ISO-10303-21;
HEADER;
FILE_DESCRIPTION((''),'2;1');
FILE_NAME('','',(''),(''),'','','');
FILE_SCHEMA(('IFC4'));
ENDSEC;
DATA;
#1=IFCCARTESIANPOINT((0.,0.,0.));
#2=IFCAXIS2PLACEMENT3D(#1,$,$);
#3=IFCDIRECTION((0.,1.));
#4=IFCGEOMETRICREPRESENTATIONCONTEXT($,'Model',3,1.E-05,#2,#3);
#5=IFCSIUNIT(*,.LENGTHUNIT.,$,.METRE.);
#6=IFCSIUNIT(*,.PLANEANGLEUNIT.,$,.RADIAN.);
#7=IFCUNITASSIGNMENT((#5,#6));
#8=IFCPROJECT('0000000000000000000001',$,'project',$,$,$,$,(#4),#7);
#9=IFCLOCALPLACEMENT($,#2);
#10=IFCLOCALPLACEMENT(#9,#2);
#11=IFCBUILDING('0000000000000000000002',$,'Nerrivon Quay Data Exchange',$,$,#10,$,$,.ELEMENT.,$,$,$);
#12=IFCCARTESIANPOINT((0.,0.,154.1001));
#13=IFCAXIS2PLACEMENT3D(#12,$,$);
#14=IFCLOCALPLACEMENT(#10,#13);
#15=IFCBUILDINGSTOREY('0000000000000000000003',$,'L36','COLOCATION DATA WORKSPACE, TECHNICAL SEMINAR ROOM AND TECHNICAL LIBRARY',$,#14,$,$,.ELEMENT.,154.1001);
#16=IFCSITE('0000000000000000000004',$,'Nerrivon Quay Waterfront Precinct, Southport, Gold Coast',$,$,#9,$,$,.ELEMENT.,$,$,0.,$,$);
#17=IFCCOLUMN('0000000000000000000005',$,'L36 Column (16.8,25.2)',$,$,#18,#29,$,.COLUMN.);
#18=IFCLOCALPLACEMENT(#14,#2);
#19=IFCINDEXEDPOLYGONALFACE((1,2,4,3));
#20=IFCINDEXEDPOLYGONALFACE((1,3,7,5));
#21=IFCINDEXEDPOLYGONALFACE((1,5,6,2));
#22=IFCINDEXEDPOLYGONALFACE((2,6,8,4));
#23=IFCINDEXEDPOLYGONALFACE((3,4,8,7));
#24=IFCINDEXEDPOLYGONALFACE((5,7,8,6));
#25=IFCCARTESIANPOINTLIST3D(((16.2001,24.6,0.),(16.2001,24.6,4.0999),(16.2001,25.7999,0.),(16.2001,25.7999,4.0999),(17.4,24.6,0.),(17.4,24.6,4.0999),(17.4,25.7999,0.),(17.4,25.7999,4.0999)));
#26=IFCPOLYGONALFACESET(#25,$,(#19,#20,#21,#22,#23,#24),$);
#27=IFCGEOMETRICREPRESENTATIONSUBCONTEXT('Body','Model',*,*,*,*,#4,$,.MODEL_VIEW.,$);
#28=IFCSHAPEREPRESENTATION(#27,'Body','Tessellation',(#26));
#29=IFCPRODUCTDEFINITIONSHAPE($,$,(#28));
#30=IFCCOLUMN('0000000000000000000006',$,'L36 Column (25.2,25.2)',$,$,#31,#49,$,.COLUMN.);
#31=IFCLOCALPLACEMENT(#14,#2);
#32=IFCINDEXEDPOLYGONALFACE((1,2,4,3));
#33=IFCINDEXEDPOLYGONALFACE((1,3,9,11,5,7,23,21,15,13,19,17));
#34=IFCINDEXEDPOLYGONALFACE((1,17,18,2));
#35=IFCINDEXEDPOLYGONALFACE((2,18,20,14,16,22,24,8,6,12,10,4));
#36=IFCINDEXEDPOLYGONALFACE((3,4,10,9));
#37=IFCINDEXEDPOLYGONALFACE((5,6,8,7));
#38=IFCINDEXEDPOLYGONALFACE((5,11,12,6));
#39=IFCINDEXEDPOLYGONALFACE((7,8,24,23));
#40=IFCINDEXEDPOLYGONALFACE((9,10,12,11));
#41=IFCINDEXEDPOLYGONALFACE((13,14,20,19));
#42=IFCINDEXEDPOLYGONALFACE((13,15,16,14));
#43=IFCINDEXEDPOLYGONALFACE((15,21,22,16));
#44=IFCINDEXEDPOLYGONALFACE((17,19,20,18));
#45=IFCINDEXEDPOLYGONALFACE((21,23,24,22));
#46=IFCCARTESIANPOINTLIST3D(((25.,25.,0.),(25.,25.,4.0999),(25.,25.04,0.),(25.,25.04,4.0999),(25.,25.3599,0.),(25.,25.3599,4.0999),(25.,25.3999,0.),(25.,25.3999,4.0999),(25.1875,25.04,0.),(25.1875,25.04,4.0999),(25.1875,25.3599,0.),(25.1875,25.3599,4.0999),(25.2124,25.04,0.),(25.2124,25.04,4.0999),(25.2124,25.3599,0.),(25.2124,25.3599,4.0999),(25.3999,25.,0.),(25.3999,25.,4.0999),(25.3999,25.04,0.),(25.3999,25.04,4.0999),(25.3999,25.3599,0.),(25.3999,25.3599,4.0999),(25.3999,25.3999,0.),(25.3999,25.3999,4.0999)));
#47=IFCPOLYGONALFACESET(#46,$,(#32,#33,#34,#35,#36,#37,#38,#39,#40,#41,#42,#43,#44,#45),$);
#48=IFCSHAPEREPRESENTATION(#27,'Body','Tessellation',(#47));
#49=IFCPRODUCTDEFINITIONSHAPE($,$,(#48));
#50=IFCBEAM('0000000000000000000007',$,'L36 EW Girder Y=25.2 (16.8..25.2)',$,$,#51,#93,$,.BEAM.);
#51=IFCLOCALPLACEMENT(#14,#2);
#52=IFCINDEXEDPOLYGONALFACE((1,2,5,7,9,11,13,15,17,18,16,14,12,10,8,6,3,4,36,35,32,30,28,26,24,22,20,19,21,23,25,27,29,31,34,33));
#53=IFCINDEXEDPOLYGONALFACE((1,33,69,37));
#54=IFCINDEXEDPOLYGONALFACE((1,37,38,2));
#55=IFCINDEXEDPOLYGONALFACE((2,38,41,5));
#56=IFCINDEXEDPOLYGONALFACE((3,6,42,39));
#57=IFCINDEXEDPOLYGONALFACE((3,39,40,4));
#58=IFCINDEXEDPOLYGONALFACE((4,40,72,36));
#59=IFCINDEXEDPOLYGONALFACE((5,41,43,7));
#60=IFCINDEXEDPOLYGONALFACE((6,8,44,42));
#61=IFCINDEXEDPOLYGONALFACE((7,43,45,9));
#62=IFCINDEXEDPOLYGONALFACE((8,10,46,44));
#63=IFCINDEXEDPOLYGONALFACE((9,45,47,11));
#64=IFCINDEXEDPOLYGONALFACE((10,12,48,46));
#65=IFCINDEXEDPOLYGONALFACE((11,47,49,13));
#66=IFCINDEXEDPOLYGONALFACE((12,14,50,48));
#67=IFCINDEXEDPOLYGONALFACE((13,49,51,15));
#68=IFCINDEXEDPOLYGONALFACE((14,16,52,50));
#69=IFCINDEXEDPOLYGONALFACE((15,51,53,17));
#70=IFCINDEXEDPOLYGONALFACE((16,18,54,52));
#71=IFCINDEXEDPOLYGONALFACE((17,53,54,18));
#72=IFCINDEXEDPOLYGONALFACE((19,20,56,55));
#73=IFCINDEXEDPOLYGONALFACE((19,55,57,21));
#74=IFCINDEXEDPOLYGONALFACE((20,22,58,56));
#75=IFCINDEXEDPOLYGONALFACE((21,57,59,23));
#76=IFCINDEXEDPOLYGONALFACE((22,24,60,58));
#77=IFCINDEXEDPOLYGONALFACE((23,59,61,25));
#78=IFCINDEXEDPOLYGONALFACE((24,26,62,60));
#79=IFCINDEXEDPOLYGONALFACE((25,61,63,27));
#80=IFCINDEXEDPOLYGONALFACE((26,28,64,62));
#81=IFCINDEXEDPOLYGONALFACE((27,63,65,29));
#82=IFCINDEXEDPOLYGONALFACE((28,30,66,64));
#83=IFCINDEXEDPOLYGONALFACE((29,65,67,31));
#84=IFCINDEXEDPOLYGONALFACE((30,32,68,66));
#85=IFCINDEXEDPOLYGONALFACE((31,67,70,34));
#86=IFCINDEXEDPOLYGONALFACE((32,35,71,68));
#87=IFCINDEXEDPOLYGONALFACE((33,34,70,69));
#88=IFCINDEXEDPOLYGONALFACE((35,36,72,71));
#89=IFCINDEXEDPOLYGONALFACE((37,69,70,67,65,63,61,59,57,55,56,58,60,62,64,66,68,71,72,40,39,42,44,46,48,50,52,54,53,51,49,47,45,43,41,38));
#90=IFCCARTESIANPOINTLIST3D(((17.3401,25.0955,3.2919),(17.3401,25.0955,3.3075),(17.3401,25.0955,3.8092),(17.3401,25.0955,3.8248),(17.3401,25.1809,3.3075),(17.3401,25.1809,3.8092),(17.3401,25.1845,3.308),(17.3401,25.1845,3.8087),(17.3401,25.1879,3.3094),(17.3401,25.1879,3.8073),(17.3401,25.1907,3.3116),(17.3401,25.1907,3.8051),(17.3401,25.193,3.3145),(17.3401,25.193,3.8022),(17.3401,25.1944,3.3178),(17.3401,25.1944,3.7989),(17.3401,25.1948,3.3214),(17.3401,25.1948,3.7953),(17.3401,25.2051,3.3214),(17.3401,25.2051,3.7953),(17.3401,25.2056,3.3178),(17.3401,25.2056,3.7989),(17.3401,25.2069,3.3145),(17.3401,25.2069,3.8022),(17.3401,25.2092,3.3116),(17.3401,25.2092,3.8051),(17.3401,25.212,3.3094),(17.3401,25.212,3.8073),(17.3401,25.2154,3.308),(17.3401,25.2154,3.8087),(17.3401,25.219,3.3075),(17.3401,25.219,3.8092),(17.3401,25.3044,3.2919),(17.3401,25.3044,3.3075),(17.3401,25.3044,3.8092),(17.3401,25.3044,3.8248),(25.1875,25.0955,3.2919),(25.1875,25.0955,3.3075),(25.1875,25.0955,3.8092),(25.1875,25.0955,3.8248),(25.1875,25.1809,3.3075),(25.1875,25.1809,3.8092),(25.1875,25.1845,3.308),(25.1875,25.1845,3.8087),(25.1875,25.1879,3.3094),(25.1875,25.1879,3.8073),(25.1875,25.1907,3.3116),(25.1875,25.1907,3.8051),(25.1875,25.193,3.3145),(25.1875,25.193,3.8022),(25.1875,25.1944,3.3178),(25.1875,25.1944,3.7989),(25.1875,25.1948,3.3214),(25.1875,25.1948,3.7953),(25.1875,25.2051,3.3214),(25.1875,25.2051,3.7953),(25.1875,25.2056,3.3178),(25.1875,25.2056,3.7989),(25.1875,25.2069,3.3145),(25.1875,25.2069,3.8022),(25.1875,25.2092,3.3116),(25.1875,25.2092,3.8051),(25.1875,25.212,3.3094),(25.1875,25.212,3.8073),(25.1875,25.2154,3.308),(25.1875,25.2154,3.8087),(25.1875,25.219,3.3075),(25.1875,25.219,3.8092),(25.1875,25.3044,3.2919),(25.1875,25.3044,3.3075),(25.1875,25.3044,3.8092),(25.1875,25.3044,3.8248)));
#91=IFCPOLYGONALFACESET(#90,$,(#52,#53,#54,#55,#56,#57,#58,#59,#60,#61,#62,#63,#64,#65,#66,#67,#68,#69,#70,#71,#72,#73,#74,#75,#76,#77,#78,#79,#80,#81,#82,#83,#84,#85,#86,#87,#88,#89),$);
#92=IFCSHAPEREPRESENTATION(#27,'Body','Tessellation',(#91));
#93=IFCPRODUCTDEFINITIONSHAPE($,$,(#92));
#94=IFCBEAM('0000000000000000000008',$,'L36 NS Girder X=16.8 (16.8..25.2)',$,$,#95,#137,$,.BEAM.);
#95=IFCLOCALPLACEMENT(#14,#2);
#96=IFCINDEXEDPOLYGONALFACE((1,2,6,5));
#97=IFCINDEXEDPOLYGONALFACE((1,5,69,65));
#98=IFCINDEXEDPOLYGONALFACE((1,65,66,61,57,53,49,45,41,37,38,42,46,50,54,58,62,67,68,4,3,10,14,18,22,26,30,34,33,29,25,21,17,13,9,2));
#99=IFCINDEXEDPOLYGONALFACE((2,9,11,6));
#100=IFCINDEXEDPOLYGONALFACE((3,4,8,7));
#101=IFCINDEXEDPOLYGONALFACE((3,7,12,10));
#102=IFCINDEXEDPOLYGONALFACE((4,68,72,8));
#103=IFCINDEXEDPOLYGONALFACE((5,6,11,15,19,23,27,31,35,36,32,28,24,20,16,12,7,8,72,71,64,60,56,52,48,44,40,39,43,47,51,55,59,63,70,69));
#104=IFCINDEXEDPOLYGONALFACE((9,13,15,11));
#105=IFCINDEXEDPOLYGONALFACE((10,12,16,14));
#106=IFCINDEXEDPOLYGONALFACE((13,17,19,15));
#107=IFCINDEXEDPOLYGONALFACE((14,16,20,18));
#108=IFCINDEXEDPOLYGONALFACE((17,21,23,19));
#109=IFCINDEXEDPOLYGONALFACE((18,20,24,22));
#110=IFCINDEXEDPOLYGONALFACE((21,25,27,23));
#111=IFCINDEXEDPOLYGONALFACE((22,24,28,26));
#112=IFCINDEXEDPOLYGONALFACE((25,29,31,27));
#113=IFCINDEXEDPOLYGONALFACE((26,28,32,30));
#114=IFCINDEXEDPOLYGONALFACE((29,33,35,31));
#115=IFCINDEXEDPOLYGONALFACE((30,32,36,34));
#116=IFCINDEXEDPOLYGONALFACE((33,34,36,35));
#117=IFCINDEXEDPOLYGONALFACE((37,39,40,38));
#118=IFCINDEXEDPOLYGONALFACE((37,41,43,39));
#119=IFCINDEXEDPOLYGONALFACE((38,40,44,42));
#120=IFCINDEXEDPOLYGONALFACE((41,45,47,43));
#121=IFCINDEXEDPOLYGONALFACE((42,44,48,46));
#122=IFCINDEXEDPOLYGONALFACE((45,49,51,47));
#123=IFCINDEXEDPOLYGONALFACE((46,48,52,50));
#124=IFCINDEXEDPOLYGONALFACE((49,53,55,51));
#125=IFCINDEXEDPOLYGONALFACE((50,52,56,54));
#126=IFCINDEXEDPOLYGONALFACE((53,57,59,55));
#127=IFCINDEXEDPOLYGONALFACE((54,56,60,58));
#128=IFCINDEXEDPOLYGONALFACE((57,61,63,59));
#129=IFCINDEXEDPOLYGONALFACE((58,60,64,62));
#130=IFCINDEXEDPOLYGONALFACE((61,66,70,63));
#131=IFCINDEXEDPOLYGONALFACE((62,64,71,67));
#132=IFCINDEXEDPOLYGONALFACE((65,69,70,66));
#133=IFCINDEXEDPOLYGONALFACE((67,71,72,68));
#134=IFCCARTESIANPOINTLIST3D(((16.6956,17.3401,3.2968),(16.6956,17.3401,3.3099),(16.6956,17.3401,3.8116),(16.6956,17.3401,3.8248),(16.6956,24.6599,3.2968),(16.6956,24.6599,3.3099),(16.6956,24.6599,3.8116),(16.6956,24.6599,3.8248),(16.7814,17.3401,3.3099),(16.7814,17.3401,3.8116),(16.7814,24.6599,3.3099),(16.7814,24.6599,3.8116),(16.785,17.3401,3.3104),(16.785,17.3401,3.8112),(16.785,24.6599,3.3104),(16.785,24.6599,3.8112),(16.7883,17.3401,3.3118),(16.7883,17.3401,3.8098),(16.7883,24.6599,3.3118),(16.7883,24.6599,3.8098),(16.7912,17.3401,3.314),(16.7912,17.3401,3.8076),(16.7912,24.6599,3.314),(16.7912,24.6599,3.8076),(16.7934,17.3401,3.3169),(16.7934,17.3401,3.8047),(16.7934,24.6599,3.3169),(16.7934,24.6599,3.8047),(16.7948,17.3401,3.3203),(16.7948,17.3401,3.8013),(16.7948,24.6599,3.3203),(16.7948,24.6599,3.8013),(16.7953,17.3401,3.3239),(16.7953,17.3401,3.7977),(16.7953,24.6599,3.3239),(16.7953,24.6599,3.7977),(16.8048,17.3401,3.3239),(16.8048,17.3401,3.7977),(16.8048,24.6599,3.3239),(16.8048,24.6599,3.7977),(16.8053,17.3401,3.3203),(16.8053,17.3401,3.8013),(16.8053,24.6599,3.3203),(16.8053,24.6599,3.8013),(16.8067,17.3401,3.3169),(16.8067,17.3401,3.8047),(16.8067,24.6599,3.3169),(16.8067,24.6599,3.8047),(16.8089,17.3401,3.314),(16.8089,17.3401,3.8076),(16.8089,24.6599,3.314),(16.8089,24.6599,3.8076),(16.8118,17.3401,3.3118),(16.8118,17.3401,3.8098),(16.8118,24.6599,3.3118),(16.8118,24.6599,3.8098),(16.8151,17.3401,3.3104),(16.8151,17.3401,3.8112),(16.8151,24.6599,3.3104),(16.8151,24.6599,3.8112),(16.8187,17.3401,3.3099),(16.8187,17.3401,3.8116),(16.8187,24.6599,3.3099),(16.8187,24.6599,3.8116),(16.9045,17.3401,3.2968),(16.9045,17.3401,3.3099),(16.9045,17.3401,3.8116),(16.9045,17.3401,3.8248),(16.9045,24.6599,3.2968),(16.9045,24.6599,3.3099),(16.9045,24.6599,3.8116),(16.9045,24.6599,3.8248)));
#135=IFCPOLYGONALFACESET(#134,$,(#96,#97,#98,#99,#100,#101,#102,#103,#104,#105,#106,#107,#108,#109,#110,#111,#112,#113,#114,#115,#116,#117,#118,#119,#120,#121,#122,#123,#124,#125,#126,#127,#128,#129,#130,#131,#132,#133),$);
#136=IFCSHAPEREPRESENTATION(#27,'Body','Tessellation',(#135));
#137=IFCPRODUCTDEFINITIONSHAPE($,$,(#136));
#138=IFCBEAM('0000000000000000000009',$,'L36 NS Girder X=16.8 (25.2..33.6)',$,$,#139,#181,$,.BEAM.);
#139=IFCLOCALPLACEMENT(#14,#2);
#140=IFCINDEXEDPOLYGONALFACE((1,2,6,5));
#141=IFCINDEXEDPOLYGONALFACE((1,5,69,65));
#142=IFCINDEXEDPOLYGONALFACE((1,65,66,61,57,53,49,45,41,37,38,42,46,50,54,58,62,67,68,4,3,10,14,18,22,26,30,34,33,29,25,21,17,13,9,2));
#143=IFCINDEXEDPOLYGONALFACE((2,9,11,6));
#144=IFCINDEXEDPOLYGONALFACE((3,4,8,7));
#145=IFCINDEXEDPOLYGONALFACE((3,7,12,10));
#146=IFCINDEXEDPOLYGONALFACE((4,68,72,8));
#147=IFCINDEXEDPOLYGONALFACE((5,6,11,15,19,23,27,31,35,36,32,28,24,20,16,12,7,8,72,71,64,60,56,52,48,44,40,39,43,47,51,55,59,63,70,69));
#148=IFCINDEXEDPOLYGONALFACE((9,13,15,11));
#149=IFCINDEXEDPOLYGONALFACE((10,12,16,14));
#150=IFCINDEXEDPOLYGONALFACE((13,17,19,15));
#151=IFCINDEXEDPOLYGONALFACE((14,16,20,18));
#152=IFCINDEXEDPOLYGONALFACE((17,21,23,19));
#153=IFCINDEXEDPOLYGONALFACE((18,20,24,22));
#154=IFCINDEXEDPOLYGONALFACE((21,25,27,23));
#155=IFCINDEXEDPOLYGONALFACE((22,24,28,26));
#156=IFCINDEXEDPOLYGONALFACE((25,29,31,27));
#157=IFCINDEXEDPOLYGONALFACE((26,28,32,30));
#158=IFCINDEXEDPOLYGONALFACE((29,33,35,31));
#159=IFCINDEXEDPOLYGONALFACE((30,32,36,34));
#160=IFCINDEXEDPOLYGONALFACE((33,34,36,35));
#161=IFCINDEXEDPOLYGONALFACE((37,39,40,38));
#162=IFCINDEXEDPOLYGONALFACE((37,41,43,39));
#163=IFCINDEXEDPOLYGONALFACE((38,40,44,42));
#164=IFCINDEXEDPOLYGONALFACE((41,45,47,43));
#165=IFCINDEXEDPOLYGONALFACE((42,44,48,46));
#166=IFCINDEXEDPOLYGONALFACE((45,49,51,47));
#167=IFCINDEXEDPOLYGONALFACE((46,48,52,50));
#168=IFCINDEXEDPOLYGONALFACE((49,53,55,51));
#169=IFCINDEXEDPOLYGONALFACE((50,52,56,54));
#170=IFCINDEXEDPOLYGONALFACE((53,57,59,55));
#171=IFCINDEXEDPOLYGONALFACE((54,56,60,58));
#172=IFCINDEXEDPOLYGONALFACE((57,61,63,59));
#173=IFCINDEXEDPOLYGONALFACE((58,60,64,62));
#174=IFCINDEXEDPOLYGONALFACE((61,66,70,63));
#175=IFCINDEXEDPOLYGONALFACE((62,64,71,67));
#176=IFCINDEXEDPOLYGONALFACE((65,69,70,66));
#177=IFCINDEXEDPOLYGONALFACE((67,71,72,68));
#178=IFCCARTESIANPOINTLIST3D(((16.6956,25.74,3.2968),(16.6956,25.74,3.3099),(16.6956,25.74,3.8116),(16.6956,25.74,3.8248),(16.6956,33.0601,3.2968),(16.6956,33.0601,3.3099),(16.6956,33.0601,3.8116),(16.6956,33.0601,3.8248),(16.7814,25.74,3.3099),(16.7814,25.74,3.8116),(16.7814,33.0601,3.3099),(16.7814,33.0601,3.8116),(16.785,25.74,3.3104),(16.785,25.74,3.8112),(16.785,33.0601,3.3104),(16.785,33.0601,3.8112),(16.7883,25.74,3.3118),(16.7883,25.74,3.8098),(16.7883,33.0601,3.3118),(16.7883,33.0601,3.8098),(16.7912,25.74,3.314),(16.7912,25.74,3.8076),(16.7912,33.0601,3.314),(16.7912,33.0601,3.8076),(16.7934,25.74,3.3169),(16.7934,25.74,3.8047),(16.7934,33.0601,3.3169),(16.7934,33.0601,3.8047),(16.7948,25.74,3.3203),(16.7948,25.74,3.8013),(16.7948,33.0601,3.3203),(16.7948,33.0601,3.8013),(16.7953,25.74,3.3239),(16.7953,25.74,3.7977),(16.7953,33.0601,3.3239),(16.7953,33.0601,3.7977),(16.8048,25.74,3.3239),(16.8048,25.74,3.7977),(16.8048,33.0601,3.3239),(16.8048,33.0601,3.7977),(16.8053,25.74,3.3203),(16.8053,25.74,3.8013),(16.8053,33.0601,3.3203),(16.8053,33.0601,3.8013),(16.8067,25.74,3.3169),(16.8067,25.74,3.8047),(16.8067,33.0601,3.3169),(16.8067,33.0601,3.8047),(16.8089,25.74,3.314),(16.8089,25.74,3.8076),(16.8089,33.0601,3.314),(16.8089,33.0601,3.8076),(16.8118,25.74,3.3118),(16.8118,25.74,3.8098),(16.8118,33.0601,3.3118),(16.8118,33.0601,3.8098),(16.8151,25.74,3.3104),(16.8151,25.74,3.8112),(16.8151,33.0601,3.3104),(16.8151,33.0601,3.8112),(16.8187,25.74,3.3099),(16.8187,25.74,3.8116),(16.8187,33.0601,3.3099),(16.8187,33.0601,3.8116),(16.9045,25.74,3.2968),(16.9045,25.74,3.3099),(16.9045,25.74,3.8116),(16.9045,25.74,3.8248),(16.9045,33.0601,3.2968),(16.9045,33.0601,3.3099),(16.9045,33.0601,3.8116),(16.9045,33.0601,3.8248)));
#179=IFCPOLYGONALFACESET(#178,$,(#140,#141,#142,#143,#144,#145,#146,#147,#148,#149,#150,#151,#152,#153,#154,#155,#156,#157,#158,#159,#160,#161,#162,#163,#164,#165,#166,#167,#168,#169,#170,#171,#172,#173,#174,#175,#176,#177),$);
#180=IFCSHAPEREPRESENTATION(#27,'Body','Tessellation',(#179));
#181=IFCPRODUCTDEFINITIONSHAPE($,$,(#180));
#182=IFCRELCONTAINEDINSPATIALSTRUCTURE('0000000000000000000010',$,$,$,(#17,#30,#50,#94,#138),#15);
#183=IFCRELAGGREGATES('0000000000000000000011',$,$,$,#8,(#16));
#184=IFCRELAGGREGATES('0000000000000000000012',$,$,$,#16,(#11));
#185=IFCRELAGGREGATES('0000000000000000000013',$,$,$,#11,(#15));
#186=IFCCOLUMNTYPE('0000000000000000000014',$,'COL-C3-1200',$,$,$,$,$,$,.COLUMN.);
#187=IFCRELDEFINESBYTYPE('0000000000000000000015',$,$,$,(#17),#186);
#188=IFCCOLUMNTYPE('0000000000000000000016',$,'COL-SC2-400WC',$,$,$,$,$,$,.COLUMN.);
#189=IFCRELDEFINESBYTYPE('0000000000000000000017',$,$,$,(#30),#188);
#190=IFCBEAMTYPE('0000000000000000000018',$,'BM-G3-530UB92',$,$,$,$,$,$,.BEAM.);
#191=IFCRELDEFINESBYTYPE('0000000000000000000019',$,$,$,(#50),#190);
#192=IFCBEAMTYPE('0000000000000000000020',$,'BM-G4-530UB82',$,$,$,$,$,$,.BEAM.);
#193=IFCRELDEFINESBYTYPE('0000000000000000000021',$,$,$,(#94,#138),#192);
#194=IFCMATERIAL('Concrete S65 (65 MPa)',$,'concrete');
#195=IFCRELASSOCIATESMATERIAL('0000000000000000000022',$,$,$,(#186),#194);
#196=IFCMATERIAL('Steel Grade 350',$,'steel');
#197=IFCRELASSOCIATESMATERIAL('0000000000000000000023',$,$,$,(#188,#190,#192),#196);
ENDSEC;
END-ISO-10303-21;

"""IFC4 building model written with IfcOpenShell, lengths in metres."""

from ifc_helpers import new_model, si_unit, direction, frame, origin, origin_2d, place, context, subcontext, project, spatial, rectangle, i_section, extrude, material, material_profile, profile_set, type_object, element, save


model = new_model("IFC4")

# Units and contexts
model_context = context("Model", 3, precision=1e-05, world=origin(), true_north=direction((0.0, 1.0)))
body_context = subcontext(model_context, "Body", "Model", "MODEL_VIEW")
ifc_project = project(units=[si_unit("LENGTHUNIT", "METRE"), si_unit("PLANEANGLEUNIT", "RADIAN")], contexts=[model_context])

# Site, building, storey
site_placement = place(None, origin())
site = spatial("IfcSite", under=ifc_project, at=site_placement, Name="Nerrivon Quay Waterfront Precinct, Southport, Gold Coast", CompositionType="ELEMENT", RefElevation=0.0)
building_placement = place(site_placement, origin())
building = spatial("IfcBuilding", under=site, at=building_placement, Name="Nerrivon Quay Data Exchange", CompositionType="ELEMENT")
storey_placement = place(building_placement, frame((0.0, 0.0, 154.1001)))
storey = spatial("IfcBuildingStorey", under=building, at=storey_placement, Name="L36", Description="COLOCATION DATA WORKSPACE, TECHNICAL SEMINAR ROOM AND TECHNICAL LIBRARY", CompositionType="ELEMENT", Elevation=154.1001)

# Columns
ifc_material_1 = material(Name="Concrete S65 (65 MPa)", Category="concrete")
ifc_material_profile_1 = material_profile(ifc_material_1, rectangle(XDim=1.2, YDim=1.2, at=origin_2d()), Name="RC-COL-1200x1200")
ifc_profile_set_1 = profile_set([ifc_material_profile_1], Name="Concrete S65 (65 MPa)")
column_type_1 = type_object("IfcColumnType", Name="COL-C3-1200", PredefinedType="COLUMN", material=ifc_profile_set_1)
column_1_placement = place(storey_placement, frame((16.8, 25.2, 0.0), z_axis=(0.0, 0.0, 1.0), x_axis=(1.0, 0.0, 0.0)))
element("IfcColumn", 1, at=column_1_placement, inside=storey, type_object=column_type_1, Name="L36 Column (16.8,25.2)", PredefinedType="COLUMN", context=body_context, shape_type="SweptSolid", body=[
    extrude(rectangle(XDim=1.2, YDim=1.2, at=origin_2d()), origin(), (0.0, 0.0, 1.0), 4.0999),
])
ifc_material_2 = material(Name="Steel Grade 350", Category="steel")
ifc_material_profile_2 = material_profile(ifc_material_2, i_section(OverallWidth=0.3999, OverallDepth=0.3999, WebThickness=0.0249, FlangeThickness=0.04, at=origin_2d()), Name="400WC328")
ifc_profile_set_2 = profile_set([ifc_material_profile_2], Name="Steel Grade 350")
column_type_2 = type_object("IfcColumnType", Name="COL-SC2-400WC", PredefinedType="COLUMN", material=ifc_profile_set_2)
column_2_placement = place(storey_placement, frame((25.2, 25.2, 0.0), z_axis=(0.0, 0.0, 1.0), x_axis=(1.0, 0.0, 0.0)))
element("IfcColumn", 2, at=column_2_placement, inside=storey, type_object=column_type_2, Name="L36 Column (25.2,25.2)", PredefinedType="COLUMN", context=body_context, shape_type="SweptSolid", body=[
    extrude(i_section(OverallWidth=0.3999, OverallDepth=0.3999, WebThickness=0.0249, FlangeThickness=0.04, at=origin_2d()), origin(), (0.0, 0.0, 1.0), 4.0999),
])

# Beams
ifc_material_profile_3 = material_profile(ifc_material_2, i_section(OverallWidth=0.209, OverallDepth=0.533, WebThickness=0.0103, FlangeThickness=0.0156, FilletRadius=0.0139, at=origin_2d()), Name="530UB92.4")
ifc_profile_set_3 = profile_set([ifc_material_profile_3], Name="Steel Grade 350")
beam_type_1 = type_object("IfcBeamType", Name="BM-G3-530UB92", PredefinedType="BEAM", material=ifc_profile_set_3)
beam_1_placement = place(storey_placement, frame((17.3401, 25.2, 3.5583), z_axis=(1.0, 0.0, 0.0), x_axis=(0.0, 1.0, 0.0)))
element("IfcBeam", 3, at=beam_1_placement, inside=storey, type_object=beam_type_1, Name="L36 EW Girder Y=25.2 (16.8..25.2)", PredefinedType="BEAM", context=body_context, shape_type="SweptSolid", body=[
    extrude(i_section(OverallWidth=0.209, OverallDepth=0.533, WebThickness=0.0103, FlangeThickness=0.0156, FilletRadius=0.0139, at=origin_2d()), origin(), (0.0, 0.0, 1.0), 7.8474),
])
ifc_material_profile_4 = material_profile(ifc_material_2, i_section(OverallWidth=0.209, OverallDepth=0.5281, WebThickness=0.0095, FlangeThickness=0.0132, FilletRadius=0.0139, at=origin_2d()), Name="530UB82.0")
ifc_profile_set_4 = profile_set([ifc_material_profile_4], Name="Steel Grade 350")
beam_type_2 = type_object("IfcBeamType", Name="BM-G4-530UB82", PredefinedType="BEAM", material=ifc_profile_set_4)
beam_2_placement = place(storey_placement, frame((16.8, 17.3401, 3.5608), z_axis=(0.0, 1.0, 0.0), x_axis=(-1.0, 0.0, 0.0)))
element("IfcBeam", 4, at=beam_2_placement, inside=storey, type_object=beam_type_2, Name="L36 NS Girder X=16.8 (16.8..25.2)", PredefinedType="BEAM", context=body_context, shape_type="SweptSolid", body=[
    extrude(i_section(OverallWidth=0.209, OverallDepth=0.5281, WebThickness=0.0095, FlangeThickness=0.0132, FilletRadius=0.0139, at=origin_2d()), origin(), (0.0, 0.0, 1.0), 7.3198),
])
beam_3_placement = place(storey_placement, frame((16.8, 25.74, 3.5608), z_axis=(0.0, 1.0, 0.0), x_axis=(-1.0, 0.0, 0.0)))
element("IfcBeam", 5, at=beam_3_placement, inside=storey, type_object=beam_type_2, Name="L36 NS Girder X=16.8 (25.2..33.6)", PredefinedType="BEAM", context=body_context, shape_type="SweptSolid", body=[
    extrude(i_section(OverallWidth=0.209, OverallDepth=0.5281, WebThickness=0.0095, FlangeThickness=0.0132, FilletRadius=0.0139, at=origin_2d()), origin(), (0.0, 0.0, 1.0), 7.3201),
])

save(model, "model.ifc")
